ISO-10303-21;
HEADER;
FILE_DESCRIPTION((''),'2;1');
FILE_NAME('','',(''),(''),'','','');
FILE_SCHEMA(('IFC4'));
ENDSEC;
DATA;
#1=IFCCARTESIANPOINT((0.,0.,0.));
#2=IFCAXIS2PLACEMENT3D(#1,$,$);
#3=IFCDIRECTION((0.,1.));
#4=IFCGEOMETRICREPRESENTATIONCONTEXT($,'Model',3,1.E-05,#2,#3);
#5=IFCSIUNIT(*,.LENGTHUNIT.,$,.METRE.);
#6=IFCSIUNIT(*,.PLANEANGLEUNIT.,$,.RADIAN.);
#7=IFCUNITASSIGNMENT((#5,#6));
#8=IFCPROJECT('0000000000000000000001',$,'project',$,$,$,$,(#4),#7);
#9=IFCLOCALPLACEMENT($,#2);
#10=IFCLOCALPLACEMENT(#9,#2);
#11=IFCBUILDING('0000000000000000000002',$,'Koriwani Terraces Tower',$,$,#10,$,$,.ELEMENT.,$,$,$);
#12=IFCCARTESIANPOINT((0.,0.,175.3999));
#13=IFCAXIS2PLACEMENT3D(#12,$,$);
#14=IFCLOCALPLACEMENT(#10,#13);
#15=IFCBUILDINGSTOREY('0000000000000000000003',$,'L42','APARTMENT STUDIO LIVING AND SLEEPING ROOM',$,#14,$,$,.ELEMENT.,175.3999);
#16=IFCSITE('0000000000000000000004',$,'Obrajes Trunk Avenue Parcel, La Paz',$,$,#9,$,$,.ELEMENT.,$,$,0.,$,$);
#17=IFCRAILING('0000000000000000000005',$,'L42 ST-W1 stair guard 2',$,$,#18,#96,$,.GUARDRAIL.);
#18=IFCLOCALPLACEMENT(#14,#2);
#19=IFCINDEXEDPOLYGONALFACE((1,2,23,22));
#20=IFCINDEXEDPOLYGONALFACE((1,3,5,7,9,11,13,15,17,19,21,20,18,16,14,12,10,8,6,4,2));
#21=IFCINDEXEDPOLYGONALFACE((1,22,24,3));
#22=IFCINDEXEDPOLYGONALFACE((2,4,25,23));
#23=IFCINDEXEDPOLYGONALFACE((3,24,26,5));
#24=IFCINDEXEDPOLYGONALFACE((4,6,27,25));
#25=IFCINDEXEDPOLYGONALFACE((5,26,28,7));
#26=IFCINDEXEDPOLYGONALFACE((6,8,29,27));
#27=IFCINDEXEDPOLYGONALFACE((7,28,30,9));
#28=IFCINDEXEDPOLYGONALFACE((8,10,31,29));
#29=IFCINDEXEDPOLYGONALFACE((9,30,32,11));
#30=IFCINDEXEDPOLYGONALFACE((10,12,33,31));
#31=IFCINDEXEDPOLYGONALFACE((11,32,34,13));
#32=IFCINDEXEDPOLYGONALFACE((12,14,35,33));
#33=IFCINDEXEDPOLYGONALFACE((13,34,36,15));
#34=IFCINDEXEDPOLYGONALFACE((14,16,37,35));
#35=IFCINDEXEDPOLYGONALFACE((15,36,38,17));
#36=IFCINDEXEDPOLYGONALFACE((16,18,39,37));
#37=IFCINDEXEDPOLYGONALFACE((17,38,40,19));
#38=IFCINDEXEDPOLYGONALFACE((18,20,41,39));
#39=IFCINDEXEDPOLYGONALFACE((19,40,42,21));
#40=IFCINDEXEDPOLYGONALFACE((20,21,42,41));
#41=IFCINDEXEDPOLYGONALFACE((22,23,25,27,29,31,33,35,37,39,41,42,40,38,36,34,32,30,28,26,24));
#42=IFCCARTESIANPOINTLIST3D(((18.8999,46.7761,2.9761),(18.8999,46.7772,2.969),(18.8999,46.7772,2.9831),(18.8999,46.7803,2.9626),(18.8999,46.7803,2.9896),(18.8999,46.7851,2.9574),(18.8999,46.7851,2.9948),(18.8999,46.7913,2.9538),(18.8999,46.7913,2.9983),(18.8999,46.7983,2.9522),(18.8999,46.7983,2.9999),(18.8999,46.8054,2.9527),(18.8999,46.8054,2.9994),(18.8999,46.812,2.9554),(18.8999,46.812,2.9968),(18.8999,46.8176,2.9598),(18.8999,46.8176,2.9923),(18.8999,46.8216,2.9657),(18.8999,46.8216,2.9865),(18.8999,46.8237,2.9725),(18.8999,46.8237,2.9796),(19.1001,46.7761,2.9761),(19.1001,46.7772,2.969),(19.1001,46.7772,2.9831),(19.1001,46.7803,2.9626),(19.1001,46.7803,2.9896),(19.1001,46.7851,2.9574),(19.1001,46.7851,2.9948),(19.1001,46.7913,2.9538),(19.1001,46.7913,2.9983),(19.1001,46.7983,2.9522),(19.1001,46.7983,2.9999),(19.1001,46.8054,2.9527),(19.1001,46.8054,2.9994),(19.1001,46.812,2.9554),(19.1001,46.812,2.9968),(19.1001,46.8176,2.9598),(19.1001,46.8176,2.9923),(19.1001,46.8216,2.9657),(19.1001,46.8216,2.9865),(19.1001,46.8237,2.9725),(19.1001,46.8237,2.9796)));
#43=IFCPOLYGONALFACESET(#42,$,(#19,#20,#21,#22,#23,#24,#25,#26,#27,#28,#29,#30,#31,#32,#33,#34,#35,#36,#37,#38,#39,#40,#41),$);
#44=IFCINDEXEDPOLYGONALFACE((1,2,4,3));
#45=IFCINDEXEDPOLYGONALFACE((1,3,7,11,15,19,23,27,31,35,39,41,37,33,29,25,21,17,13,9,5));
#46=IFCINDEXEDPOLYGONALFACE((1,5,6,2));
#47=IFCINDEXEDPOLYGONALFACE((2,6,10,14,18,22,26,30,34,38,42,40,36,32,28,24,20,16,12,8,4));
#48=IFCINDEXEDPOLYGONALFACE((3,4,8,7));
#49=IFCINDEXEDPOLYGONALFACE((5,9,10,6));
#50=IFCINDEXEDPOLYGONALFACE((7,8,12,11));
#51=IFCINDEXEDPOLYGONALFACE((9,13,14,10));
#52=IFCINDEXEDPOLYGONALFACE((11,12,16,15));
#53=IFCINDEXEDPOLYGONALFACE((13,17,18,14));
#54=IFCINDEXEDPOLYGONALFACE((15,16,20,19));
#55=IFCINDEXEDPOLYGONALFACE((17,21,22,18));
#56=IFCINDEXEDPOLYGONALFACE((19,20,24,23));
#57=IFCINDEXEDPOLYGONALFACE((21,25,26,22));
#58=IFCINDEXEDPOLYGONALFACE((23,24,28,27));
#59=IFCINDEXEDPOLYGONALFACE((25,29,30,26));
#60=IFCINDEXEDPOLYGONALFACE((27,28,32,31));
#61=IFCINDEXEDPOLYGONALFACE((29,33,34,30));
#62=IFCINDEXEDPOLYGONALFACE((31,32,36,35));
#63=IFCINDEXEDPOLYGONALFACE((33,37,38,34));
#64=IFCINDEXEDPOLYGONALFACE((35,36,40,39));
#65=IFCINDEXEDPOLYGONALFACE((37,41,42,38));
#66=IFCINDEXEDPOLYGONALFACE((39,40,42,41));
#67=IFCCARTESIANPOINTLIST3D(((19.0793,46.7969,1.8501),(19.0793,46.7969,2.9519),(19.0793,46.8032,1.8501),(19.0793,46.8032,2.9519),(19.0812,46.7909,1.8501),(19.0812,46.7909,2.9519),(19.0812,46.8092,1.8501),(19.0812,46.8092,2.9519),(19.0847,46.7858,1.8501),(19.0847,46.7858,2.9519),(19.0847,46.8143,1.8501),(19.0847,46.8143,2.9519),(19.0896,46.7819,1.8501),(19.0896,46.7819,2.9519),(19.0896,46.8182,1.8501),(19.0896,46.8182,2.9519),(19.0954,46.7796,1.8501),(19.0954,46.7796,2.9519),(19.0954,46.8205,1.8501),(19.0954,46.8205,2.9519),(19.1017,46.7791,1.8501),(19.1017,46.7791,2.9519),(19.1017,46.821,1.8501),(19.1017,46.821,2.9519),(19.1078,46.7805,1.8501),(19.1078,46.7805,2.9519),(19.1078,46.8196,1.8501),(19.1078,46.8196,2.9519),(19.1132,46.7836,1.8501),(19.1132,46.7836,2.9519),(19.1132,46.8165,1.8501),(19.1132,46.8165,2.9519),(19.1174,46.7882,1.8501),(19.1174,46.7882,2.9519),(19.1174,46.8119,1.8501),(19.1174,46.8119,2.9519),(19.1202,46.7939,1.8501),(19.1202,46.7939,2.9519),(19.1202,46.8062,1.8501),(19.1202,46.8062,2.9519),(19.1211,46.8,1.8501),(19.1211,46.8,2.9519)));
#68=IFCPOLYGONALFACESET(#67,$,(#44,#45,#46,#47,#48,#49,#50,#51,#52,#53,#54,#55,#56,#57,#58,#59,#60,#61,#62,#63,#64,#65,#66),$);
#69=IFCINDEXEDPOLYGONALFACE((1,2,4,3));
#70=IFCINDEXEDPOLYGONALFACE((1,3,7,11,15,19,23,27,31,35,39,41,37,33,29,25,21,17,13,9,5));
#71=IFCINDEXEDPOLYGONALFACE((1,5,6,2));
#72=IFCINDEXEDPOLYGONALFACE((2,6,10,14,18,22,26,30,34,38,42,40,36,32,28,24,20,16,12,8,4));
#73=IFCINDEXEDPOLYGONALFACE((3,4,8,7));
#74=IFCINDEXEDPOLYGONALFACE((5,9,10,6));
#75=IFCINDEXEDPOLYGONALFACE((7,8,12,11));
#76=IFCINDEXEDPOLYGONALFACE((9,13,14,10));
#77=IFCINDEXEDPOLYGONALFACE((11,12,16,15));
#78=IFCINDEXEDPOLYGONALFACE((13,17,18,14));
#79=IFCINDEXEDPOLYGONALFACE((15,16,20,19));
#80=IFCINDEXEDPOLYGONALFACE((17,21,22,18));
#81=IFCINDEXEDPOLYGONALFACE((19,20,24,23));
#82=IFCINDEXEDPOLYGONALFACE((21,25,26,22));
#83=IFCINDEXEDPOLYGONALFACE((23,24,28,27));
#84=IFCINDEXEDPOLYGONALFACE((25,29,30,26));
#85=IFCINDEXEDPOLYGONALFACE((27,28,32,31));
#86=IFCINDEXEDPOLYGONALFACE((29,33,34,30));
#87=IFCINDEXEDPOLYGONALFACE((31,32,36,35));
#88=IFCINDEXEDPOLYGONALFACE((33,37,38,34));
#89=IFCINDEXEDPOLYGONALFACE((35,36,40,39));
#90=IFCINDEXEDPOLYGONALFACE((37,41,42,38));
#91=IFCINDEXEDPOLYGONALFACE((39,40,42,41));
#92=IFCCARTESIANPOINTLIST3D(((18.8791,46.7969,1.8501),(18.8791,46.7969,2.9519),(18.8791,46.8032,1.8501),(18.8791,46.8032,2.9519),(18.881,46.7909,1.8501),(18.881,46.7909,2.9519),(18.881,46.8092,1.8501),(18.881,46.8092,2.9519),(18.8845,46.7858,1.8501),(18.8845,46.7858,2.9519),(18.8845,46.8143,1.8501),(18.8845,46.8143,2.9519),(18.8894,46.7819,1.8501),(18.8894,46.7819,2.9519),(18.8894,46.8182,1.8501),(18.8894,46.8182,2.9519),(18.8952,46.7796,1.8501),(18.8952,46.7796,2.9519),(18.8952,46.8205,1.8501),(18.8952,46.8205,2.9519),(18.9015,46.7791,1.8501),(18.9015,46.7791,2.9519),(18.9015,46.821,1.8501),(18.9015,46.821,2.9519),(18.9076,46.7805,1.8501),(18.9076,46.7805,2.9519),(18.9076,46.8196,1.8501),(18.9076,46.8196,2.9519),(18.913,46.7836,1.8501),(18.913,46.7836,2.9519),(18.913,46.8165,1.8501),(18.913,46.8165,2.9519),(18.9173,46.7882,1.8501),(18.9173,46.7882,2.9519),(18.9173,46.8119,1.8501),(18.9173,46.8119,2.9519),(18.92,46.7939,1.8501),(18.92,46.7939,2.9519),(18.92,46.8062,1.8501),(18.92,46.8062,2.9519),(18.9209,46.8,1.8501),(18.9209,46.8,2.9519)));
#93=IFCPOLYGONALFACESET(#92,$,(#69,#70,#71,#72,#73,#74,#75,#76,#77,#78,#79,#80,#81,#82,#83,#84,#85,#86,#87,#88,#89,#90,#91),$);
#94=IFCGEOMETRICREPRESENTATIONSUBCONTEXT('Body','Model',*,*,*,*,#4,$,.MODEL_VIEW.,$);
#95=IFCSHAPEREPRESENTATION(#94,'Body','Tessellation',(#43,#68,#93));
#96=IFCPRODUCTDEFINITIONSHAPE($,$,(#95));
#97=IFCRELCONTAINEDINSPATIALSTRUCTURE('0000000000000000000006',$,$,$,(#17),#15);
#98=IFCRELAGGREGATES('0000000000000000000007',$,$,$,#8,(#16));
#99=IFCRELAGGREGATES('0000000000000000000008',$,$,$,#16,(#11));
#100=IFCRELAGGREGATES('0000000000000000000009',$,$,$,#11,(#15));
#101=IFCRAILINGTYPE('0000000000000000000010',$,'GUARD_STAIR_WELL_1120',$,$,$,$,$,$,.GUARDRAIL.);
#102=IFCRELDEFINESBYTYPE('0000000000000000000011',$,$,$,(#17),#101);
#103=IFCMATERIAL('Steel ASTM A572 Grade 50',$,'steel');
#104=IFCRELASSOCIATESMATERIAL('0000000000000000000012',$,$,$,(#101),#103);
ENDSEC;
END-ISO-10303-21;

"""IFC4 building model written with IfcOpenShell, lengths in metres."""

from ifc_helpers import new_model, si_unit, direction, frame, origin, origin_2d, place, context, subcontext, project, spatial, circle, extrude, material, type_object, element, save


model = new_model("IFC4")

# Units and contexts
model_context = context("Model", 3, precision=1e-05, world=origin(), true_north=direction((0.0, 1.0)))
body_context = subcontext(model_context, "Body", "Model", "MODEL_VIEW")
ifc_project = project(units=[si_unit("LENGTHUNIT", "METRE"), si_unit("PLANEANGLEUNIT", "RADIAN")], contexts=[model_context])

# Site, building, storey
site_placement = place(None, origin())
site = spatial("IfcSite", under=ifc_project, at=site_placement, Name="Obrajes Trunk Avenue Parcel, La Paz", CompositionType="ELEMENT", RefElevation=0.0)
building_placement = place(site_placement, origin())
building = spatial("IfcBuilding", under=site, at=building_placement, Name="Koriwani Terraces Tower", CompositionType="ELEMENT")
storey_placement = place(building_placement, frame((0.0, 0.0, 175.3999)))
storey = spatial("IfcBuildingStorey", under=building, at=storey_placement, Name="L42", Description="APARTMENT STUDIO LIVING AND SLEEPING ROOM", CompositionType="ELEMENT", Elevation=175.3999)

# Shared definitions
ifc_material_1 = material(Name="Steel ASTM A572 Grade 50", Category="steel")

# Railing
railing_type_1 = type_object("IfcRailingType", Name="GUARD_STAIR_WELL_1120", PredefinedType="GUARDRAIL", material=ifc_material_1)
railing_1_placement = place(storey_placement, frame((19.1001, 46.8, 1.8501)))
element("IfcRailing", 1, at=railing_1_placement, inside=storey, type_object=railing_type_1, Name="L42 ST-W1 stair guard 2", PredefinedType="GUARDRAIL", context=body_context, shape_type="SweptSolid", body=[
    extrude(circle(Radius=0.0239, at=origin_2d()), frame((0.0, 0.0, 1.126), z_axis=(-1.0, 0.0, 0.0), x_axis=(0.0, -1.0, 0.0)), (0.0, 0.0, 1.0), 0.2002),
    extrude(circle(Radius=0.021, at=origin_2d()), origin(), (0.0, 0.0, 1.0), 1.1018),
    extrude(circle(Radius=0.021, at=origin_2d()), frame((-0.2002, 0.0, 0.0)), (0.0, 0.0, 1.0), 1.1018),
])

save(model, "model.ifc")
